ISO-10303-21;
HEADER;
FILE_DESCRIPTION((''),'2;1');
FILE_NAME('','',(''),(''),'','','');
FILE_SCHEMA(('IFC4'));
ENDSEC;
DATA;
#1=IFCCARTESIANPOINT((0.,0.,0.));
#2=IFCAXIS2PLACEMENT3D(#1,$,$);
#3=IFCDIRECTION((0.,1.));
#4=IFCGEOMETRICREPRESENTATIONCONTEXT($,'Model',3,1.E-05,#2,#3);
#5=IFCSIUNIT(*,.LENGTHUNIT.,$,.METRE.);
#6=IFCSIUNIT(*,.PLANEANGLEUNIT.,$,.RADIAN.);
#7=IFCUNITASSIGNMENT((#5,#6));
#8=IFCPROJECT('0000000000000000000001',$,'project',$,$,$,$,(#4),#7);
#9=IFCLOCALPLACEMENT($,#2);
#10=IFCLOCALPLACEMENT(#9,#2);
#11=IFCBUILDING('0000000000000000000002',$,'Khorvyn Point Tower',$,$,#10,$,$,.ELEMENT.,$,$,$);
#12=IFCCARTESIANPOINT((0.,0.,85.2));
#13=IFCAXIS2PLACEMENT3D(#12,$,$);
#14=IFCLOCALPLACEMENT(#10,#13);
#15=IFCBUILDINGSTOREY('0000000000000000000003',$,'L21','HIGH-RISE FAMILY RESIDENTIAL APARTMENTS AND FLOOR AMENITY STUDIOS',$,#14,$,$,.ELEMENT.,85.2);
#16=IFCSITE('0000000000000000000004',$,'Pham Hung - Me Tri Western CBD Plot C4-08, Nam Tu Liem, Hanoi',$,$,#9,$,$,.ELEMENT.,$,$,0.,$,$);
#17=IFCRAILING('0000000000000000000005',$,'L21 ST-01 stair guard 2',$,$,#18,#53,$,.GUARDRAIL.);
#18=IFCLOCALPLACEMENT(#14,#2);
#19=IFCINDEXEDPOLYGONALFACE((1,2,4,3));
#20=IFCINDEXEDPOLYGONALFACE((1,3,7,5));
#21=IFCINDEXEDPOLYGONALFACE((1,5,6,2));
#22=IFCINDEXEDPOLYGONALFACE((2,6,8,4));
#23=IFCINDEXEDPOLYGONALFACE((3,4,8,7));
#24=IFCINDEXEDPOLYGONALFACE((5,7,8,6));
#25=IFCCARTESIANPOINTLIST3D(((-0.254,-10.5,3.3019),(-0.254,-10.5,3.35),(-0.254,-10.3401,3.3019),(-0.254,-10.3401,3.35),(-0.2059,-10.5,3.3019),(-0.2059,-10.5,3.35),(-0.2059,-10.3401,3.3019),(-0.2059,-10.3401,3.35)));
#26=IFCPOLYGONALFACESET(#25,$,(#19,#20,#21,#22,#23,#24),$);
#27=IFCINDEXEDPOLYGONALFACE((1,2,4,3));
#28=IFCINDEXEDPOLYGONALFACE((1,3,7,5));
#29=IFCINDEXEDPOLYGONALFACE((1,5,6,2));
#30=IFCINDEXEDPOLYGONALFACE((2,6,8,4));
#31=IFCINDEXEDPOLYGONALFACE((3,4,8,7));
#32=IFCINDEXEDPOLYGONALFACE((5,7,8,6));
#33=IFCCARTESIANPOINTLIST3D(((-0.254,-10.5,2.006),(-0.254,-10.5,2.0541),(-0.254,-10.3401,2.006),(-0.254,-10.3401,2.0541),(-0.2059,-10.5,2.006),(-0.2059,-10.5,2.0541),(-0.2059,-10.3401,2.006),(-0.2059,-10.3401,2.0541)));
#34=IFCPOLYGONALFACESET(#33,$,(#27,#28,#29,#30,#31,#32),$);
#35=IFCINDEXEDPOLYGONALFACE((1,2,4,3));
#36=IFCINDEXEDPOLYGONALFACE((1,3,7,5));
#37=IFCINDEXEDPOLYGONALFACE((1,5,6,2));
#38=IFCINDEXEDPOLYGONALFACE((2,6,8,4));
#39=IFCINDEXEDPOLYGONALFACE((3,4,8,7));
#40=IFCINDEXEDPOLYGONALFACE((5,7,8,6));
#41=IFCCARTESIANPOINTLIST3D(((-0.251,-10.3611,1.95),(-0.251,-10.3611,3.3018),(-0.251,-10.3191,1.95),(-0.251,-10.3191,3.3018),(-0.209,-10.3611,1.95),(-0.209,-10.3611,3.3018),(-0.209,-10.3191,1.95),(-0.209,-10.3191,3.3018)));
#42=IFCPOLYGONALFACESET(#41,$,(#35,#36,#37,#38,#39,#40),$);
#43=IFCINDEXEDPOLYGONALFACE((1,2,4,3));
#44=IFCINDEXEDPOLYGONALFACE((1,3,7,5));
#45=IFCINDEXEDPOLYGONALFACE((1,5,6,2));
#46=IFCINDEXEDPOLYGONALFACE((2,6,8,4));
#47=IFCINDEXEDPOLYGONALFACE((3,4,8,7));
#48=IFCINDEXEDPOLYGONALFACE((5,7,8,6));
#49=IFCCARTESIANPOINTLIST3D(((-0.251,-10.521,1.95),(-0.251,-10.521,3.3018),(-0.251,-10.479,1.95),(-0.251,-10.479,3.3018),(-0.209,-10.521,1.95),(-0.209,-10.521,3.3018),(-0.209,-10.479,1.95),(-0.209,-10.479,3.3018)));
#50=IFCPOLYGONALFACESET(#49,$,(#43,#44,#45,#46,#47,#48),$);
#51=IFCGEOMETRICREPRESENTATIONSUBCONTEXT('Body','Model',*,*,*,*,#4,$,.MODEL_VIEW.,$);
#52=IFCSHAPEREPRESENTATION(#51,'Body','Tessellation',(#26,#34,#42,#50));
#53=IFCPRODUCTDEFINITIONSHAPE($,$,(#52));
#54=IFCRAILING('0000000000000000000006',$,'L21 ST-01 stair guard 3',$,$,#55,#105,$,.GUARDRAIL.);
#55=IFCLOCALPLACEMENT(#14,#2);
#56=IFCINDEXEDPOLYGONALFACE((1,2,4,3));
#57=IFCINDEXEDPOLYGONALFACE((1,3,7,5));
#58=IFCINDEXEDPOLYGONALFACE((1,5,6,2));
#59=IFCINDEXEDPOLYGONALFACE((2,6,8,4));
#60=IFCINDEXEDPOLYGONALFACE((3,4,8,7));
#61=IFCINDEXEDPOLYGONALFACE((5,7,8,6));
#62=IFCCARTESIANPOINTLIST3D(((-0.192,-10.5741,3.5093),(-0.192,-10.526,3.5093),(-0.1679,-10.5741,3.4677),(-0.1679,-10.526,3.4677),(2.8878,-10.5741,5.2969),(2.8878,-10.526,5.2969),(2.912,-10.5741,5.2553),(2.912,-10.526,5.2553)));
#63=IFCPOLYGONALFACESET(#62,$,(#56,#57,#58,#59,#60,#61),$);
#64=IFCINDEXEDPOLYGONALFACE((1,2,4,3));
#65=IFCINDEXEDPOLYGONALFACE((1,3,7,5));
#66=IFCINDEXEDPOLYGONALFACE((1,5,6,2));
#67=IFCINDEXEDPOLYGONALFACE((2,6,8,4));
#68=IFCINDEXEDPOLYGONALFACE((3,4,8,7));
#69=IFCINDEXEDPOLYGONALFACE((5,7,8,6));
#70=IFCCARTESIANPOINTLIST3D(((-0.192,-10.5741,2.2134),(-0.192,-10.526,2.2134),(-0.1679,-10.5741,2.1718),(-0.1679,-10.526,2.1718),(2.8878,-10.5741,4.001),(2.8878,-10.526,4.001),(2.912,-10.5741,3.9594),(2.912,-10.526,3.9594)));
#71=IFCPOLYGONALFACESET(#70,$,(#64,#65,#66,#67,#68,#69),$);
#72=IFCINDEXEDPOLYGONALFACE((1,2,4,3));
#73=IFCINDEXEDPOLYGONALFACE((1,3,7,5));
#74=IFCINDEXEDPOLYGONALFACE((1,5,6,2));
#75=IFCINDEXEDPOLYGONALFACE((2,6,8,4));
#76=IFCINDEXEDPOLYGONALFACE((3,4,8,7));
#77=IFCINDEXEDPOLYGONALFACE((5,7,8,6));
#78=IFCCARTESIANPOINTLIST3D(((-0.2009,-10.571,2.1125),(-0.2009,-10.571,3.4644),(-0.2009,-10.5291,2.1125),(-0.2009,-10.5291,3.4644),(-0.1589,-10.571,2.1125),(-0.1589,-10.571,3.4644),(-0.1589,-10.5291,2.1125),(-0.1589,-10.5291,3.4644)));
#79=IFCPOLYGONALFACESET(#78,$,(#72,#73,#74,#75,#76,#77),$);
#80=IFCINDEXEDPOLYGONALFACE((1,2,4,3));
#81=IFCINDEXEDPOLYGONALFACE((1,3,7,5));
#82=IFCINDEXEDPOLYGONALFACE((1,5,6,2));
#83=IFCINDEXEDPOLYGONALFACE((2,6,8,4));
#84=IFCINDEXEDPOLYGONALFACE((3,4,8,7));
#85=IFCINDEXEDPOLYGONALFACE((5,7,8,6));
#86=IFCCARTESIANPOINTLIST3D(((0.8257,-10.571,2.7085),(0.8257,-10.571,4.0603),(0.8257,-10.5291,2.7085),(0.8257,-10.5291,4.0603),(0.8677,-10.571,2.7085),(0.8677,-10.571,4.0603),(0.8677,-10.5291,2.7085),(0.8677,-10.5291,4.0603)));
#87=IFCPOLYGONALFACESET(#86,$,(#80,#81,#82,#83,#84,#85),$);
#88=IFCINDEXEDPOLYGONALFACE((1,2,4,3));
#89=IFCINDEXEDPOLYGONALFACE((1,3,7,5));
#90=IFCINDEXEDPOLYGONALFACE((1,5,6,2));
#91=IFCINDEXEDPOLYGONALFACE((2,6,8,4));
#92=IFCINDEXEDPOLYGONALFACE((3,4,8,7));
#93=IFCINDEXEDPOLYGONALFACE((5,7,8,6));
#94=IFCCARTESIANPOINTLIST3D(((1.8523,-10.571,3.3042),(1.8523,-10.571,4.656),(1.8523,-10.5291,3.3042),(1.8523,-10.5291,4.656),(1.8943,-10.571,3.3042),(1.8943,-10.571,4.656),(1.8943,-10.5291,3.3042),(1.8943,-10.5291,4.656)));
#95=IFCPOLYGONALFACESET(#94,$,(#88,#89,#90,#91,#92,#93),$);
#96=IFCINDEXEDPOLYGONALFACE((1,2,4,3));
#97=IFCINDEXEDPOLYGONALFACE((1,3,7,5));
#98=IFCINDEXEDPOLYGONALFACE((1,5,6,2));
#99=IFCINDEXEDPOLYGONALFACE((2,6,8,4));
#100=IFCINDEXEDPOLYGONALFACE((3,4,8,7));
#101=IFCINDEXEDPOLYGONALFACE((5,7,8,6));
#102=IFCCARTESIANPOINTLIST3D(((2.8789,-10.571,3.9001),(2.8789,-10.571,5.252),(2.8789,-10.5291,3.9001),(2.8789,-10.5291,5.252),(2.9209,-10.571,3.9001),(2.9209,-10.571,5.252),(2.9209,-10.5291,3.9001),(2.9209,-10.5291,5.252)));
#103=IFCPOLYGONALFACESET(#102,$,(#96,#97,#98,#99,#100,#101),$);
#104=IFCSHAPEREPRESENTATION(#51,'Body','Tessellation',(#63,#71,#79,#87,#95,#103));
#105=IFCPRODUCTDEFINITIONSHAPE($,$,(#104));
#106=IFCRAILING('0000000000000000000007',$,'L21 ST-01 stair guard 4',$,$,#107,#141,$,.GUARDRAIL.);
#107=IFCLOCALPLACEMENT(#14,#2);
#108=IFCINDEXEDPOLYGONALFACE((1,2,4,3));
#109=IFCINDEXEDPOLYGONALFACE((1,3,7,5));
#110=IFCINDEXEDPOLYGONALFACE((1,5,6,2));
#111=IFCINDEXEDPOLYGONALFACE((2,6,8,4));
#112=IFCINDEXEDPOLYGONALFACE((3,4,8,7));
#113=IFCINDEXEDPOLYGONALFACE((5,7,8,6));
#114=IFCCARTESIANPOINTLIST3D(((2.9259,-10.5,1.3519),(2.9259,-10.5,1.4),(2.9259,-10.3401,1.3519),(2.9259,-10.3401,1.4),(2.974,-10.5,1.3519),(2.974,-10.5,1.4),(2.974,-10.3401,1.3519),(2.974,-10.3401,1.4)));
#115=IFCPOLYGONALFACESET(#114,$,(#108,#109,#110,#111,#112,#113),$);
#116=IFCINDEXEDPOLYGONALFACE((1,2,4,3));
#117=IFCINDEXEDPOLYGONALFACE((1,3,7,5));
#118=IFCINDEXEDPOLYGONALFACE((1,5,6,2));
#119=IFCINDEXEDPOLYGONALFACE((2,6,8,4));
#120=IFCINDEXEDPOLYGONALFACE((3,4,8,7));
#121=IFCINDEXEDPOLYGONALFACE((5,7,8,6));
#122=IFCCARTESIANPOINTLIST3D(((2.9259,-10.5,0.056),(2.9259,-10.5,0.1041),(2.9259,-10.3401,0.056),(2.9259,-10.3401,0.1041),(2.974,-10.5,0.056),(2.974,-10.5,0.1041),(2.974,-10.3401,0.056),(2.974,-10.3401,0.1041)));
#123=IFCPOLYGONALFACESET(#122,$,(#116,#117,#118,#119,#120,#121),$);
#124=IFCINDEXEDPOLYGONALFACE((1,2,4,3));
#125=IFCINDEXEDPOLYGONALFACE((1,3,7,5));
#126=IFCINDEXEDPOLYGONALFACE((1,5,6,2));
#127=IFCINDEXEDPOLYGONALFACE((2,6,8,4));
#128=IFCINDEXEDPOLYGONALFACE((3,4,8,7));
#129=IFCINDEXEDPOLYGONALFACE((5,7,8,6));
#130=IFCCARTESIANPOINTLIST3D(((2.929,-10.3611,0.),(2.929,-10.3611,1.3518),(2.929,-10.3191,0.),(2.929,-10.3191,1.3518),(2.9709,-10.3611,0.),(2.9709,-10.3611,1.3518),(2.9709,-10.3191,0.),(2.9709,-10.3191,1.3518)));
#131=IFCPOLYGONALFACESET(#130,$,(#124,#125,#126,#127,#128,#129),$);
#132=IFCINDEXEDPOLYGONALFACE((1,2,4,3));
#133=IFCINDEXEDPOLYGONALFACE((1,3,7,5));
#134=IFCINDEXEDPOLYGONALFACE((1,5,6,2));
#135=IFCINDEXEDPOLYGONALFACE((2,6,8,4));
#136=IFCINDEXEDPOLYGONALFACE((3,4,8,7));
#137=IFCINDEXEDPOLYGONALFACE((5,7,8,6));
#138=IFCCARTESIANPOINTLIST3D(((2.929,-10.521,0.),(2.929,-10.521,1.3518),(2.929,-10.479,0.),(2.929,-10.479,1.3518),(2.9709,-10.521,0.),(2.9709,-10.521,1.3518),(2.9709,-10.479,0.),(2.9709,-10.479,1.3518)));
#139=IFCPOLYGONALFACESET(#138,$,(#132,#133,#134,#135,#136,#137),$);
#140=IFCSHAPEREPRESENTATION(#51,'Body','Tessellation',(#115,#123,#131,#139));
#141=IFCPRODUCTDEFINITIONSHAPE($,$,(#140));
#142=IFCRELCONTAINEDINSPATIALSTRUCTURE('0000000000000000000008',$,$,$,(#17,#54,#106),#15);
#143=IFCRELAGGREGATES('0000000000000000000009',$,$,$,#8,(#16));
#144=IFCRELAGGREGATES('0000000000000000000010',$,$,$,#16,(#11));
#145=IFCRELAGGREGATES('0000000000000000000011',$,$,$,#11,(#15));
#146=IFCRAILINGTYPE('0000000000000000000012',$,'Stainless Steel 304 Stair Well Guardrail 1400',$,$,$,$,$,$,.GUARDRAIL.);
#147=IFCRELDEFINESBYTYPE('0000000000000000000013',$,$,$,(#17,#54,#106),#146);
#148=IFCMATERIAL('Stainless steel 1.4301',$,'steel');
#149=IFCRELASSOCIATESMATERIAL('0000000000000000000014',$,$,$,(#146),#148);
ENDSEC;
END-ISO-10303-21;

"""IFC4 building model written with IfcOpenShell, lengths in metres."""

from ifc_helpers import new_model, si_unit, direction, frame, origin, origin_2d, place, context, subcontext, project, spatial, rectangle, extrude, material, type_object, element, save


model = new_model("IFC4")

# Units and contexts
model_context = context("Model", 3, precision=1e-05, world=origin(), true_north=direction((0.0, 1.0)))
body_context = subcontext(model_context, "Body", "Model", "MODEL_VIEW")
ifc_project = project(units=[si_unit("LENGTHUNIT", "METRE"), si_unit("PLANEANGLEUNIT", "RADIAN")], contexts=[model_context])

# Site, building, storey
site_placement = place(None, origin())
site = spatial("IfcSite", under=ifc_project, at=site_placement, Name="Pham Hung - Me Tri Western CBD Plot C4-08, Nam Tu Liem, Hanoi", CompositionType="ELEMENT", RefElevation=0.0)
building_placement = place(site_placement, origin())
building = spatial("IfcBuilding", under=site, at=building_placement, Name="Khorvyn Point Tower", CompositionType="ELEMENT")
storey_placement = place(building_placement, frame((0.0, 0.0, 85.2)))
storey = spatial("IfcBuildingStorey", under=building, at=storey_placement, Name="L21", Description="HIGH-RISE FAMILY RESIDENTIAL APARTMENTS AND FLOOR AMENITY STUDIOS", CompositionType="ELEMENT", Elevation=85.2)

# Railings
ifc_material_1 = material(Name="Stainless steel 1.4301", Category="steel")
railing_type_1 = type_object("IfcRailingType", Name="Stainless Steel 304 Stair Well Guardrail 1400", PredefinedType="GUARDRAIL", material=ifc_material_1)
railing_1_placement = place(storey_placement, frame((-0.23, -10.3401, 1.95)))
element("IfcRailing", 1, at=railing_1_placement, inside=storey, type_object=railing_type_1, Name="L21 ST-01 stair guard 2", PredefinedType="GUARDRAIL", context=body_context, shape_type="SweptSolid", body=[
    extrude(rectangle(XDim=0.0481, YDim=0.0481, at=origin_2d()), frame((0.0, 0.0, 1.376), z_axis=(0.0, -1.0, 0.0), x_axis=(1.0, 0.0, 0.0)), (0.0, 0.0, 1.0), 0.1599),
    extrude(rectangle(XDim=0.0481, YDim=0.0481, at=origin_2d()), frame((0.0, 0.0, 0.0801), z_axis=(0.0, -1.0, 0.0), x_axis=(1.0, 0.0, 0.0)), (0.0, 0.0, 1.0), 0.1599),
    extrude(rectangle(XDim=0.042, YDim=0.042, at=origin_2d()), origin(), (0.0, 0.0, 1.0), 1.3518),
    extrude(rectangle(XDim=0.042, YDim=0.042, at=origin_2d()), frame((0.0, -0.1599, 0.0)), (0.0, 0.0, 1.0), 1.3518),
])
railing_2_placement = place(storey_placement, frame((-0.1799, -10.55, 2.1125)))
element("IfcRailing", 2, at=railing_2_placement, inside=storey, type_object=railing_type_1, Name="L21 ST-01 stair guard 3", PredefinedType="GUARDRAIL", context=body_context, shape_type="SweptSolid", body=[
    extrude(rectangle(XDim=0.0481, YDim=0.0481, at=origin_2d()), frame((0.0, 0.0, 1.376), z_axis=(0.864873, 0.0, 0.50199), x_axis=(0.0, 1.0, 0.0)), (0.0, 0.0, 1.0), 3.561),
    extrude(rectangle(XDim=0.0481, YDim=0.0481, at=origin_2d()), frame((0.0, 0.0, 0.0801), z_axis=(0.864873, 0.0, 0.50199), x_axis=(0.0, 1.0, 0.0)), (0.0, 0.0, 1.0), 3.561),
    extrude(rectangle(XDim=0.042, YDim=0.042, at=origin_2d()), origin(), (0.0, 0.0, 1.0), 1.3518),
    extrude(rectangle(XDim=0.042, YDim=0.042, at=origin_2d()), frame((1.0266, 0.0, 0.5959)), (0.0, 0.0, 1.0), 1.3518),
    extrude(rectangle(XDim=0.042, YDim=0.042, at=origin_2d()), frame((2.0532, 0.0, 1.1917)), (0.0, 0.0, 1.0), 1.3518),
    extrude(rectangle(XDim=0.042, YDim=0.042, at=origin_2d()), frame((3.0798, 0.0, 1.7876)), (0.0, 0.0, 1.0), 1.3518),
])
railing_3_placement = place(storey_placement, frame((2.95, -10.3401, 0.0)))
element("IfcRailing", 3, at=railing_3_placement, inside=storey, type_object=railing_type_1, Name="L21 ST-01 stair guard 4", PredefinedType="GUARDRAIL", context=body_context, shape_type="SweptSolid", body=[
    extrude(rectangle(XDim=0.0481, YDim=0.0481, at=origin_2d()), frame((0.0, 0.0, 1.376), z_axis=(0.0, -1.0, 0.0), x_axis=(1.0, 0.0, 0.0)), (0.0, 0.0, 1.0), 0.1599),
    extrude(rectangle(XDim=0.0481, YDim=0.0481, at=origin_2d()), frame((0.0, 0.0, 0.0801), z_axis=(0.0, -1.0, 0.0), x_axis=(1.0, 0.0, 0.0)), (0.0, 0.0, 1.0), 0.1599),
    extrude(rectangle(XDim=0.042, YDim=0.042, at=origin_2d()), origin(), (0.0, 0.0, 1.0), 1.3518),
    extrude(rectangle(XDim=0.042, YDim=0.042, at=origin_2d()), frame((0.0, -0.1599, 0.0)), (0.0, 0.0, 1.0), 1.3518),
])

save(model, "model.ifc")
